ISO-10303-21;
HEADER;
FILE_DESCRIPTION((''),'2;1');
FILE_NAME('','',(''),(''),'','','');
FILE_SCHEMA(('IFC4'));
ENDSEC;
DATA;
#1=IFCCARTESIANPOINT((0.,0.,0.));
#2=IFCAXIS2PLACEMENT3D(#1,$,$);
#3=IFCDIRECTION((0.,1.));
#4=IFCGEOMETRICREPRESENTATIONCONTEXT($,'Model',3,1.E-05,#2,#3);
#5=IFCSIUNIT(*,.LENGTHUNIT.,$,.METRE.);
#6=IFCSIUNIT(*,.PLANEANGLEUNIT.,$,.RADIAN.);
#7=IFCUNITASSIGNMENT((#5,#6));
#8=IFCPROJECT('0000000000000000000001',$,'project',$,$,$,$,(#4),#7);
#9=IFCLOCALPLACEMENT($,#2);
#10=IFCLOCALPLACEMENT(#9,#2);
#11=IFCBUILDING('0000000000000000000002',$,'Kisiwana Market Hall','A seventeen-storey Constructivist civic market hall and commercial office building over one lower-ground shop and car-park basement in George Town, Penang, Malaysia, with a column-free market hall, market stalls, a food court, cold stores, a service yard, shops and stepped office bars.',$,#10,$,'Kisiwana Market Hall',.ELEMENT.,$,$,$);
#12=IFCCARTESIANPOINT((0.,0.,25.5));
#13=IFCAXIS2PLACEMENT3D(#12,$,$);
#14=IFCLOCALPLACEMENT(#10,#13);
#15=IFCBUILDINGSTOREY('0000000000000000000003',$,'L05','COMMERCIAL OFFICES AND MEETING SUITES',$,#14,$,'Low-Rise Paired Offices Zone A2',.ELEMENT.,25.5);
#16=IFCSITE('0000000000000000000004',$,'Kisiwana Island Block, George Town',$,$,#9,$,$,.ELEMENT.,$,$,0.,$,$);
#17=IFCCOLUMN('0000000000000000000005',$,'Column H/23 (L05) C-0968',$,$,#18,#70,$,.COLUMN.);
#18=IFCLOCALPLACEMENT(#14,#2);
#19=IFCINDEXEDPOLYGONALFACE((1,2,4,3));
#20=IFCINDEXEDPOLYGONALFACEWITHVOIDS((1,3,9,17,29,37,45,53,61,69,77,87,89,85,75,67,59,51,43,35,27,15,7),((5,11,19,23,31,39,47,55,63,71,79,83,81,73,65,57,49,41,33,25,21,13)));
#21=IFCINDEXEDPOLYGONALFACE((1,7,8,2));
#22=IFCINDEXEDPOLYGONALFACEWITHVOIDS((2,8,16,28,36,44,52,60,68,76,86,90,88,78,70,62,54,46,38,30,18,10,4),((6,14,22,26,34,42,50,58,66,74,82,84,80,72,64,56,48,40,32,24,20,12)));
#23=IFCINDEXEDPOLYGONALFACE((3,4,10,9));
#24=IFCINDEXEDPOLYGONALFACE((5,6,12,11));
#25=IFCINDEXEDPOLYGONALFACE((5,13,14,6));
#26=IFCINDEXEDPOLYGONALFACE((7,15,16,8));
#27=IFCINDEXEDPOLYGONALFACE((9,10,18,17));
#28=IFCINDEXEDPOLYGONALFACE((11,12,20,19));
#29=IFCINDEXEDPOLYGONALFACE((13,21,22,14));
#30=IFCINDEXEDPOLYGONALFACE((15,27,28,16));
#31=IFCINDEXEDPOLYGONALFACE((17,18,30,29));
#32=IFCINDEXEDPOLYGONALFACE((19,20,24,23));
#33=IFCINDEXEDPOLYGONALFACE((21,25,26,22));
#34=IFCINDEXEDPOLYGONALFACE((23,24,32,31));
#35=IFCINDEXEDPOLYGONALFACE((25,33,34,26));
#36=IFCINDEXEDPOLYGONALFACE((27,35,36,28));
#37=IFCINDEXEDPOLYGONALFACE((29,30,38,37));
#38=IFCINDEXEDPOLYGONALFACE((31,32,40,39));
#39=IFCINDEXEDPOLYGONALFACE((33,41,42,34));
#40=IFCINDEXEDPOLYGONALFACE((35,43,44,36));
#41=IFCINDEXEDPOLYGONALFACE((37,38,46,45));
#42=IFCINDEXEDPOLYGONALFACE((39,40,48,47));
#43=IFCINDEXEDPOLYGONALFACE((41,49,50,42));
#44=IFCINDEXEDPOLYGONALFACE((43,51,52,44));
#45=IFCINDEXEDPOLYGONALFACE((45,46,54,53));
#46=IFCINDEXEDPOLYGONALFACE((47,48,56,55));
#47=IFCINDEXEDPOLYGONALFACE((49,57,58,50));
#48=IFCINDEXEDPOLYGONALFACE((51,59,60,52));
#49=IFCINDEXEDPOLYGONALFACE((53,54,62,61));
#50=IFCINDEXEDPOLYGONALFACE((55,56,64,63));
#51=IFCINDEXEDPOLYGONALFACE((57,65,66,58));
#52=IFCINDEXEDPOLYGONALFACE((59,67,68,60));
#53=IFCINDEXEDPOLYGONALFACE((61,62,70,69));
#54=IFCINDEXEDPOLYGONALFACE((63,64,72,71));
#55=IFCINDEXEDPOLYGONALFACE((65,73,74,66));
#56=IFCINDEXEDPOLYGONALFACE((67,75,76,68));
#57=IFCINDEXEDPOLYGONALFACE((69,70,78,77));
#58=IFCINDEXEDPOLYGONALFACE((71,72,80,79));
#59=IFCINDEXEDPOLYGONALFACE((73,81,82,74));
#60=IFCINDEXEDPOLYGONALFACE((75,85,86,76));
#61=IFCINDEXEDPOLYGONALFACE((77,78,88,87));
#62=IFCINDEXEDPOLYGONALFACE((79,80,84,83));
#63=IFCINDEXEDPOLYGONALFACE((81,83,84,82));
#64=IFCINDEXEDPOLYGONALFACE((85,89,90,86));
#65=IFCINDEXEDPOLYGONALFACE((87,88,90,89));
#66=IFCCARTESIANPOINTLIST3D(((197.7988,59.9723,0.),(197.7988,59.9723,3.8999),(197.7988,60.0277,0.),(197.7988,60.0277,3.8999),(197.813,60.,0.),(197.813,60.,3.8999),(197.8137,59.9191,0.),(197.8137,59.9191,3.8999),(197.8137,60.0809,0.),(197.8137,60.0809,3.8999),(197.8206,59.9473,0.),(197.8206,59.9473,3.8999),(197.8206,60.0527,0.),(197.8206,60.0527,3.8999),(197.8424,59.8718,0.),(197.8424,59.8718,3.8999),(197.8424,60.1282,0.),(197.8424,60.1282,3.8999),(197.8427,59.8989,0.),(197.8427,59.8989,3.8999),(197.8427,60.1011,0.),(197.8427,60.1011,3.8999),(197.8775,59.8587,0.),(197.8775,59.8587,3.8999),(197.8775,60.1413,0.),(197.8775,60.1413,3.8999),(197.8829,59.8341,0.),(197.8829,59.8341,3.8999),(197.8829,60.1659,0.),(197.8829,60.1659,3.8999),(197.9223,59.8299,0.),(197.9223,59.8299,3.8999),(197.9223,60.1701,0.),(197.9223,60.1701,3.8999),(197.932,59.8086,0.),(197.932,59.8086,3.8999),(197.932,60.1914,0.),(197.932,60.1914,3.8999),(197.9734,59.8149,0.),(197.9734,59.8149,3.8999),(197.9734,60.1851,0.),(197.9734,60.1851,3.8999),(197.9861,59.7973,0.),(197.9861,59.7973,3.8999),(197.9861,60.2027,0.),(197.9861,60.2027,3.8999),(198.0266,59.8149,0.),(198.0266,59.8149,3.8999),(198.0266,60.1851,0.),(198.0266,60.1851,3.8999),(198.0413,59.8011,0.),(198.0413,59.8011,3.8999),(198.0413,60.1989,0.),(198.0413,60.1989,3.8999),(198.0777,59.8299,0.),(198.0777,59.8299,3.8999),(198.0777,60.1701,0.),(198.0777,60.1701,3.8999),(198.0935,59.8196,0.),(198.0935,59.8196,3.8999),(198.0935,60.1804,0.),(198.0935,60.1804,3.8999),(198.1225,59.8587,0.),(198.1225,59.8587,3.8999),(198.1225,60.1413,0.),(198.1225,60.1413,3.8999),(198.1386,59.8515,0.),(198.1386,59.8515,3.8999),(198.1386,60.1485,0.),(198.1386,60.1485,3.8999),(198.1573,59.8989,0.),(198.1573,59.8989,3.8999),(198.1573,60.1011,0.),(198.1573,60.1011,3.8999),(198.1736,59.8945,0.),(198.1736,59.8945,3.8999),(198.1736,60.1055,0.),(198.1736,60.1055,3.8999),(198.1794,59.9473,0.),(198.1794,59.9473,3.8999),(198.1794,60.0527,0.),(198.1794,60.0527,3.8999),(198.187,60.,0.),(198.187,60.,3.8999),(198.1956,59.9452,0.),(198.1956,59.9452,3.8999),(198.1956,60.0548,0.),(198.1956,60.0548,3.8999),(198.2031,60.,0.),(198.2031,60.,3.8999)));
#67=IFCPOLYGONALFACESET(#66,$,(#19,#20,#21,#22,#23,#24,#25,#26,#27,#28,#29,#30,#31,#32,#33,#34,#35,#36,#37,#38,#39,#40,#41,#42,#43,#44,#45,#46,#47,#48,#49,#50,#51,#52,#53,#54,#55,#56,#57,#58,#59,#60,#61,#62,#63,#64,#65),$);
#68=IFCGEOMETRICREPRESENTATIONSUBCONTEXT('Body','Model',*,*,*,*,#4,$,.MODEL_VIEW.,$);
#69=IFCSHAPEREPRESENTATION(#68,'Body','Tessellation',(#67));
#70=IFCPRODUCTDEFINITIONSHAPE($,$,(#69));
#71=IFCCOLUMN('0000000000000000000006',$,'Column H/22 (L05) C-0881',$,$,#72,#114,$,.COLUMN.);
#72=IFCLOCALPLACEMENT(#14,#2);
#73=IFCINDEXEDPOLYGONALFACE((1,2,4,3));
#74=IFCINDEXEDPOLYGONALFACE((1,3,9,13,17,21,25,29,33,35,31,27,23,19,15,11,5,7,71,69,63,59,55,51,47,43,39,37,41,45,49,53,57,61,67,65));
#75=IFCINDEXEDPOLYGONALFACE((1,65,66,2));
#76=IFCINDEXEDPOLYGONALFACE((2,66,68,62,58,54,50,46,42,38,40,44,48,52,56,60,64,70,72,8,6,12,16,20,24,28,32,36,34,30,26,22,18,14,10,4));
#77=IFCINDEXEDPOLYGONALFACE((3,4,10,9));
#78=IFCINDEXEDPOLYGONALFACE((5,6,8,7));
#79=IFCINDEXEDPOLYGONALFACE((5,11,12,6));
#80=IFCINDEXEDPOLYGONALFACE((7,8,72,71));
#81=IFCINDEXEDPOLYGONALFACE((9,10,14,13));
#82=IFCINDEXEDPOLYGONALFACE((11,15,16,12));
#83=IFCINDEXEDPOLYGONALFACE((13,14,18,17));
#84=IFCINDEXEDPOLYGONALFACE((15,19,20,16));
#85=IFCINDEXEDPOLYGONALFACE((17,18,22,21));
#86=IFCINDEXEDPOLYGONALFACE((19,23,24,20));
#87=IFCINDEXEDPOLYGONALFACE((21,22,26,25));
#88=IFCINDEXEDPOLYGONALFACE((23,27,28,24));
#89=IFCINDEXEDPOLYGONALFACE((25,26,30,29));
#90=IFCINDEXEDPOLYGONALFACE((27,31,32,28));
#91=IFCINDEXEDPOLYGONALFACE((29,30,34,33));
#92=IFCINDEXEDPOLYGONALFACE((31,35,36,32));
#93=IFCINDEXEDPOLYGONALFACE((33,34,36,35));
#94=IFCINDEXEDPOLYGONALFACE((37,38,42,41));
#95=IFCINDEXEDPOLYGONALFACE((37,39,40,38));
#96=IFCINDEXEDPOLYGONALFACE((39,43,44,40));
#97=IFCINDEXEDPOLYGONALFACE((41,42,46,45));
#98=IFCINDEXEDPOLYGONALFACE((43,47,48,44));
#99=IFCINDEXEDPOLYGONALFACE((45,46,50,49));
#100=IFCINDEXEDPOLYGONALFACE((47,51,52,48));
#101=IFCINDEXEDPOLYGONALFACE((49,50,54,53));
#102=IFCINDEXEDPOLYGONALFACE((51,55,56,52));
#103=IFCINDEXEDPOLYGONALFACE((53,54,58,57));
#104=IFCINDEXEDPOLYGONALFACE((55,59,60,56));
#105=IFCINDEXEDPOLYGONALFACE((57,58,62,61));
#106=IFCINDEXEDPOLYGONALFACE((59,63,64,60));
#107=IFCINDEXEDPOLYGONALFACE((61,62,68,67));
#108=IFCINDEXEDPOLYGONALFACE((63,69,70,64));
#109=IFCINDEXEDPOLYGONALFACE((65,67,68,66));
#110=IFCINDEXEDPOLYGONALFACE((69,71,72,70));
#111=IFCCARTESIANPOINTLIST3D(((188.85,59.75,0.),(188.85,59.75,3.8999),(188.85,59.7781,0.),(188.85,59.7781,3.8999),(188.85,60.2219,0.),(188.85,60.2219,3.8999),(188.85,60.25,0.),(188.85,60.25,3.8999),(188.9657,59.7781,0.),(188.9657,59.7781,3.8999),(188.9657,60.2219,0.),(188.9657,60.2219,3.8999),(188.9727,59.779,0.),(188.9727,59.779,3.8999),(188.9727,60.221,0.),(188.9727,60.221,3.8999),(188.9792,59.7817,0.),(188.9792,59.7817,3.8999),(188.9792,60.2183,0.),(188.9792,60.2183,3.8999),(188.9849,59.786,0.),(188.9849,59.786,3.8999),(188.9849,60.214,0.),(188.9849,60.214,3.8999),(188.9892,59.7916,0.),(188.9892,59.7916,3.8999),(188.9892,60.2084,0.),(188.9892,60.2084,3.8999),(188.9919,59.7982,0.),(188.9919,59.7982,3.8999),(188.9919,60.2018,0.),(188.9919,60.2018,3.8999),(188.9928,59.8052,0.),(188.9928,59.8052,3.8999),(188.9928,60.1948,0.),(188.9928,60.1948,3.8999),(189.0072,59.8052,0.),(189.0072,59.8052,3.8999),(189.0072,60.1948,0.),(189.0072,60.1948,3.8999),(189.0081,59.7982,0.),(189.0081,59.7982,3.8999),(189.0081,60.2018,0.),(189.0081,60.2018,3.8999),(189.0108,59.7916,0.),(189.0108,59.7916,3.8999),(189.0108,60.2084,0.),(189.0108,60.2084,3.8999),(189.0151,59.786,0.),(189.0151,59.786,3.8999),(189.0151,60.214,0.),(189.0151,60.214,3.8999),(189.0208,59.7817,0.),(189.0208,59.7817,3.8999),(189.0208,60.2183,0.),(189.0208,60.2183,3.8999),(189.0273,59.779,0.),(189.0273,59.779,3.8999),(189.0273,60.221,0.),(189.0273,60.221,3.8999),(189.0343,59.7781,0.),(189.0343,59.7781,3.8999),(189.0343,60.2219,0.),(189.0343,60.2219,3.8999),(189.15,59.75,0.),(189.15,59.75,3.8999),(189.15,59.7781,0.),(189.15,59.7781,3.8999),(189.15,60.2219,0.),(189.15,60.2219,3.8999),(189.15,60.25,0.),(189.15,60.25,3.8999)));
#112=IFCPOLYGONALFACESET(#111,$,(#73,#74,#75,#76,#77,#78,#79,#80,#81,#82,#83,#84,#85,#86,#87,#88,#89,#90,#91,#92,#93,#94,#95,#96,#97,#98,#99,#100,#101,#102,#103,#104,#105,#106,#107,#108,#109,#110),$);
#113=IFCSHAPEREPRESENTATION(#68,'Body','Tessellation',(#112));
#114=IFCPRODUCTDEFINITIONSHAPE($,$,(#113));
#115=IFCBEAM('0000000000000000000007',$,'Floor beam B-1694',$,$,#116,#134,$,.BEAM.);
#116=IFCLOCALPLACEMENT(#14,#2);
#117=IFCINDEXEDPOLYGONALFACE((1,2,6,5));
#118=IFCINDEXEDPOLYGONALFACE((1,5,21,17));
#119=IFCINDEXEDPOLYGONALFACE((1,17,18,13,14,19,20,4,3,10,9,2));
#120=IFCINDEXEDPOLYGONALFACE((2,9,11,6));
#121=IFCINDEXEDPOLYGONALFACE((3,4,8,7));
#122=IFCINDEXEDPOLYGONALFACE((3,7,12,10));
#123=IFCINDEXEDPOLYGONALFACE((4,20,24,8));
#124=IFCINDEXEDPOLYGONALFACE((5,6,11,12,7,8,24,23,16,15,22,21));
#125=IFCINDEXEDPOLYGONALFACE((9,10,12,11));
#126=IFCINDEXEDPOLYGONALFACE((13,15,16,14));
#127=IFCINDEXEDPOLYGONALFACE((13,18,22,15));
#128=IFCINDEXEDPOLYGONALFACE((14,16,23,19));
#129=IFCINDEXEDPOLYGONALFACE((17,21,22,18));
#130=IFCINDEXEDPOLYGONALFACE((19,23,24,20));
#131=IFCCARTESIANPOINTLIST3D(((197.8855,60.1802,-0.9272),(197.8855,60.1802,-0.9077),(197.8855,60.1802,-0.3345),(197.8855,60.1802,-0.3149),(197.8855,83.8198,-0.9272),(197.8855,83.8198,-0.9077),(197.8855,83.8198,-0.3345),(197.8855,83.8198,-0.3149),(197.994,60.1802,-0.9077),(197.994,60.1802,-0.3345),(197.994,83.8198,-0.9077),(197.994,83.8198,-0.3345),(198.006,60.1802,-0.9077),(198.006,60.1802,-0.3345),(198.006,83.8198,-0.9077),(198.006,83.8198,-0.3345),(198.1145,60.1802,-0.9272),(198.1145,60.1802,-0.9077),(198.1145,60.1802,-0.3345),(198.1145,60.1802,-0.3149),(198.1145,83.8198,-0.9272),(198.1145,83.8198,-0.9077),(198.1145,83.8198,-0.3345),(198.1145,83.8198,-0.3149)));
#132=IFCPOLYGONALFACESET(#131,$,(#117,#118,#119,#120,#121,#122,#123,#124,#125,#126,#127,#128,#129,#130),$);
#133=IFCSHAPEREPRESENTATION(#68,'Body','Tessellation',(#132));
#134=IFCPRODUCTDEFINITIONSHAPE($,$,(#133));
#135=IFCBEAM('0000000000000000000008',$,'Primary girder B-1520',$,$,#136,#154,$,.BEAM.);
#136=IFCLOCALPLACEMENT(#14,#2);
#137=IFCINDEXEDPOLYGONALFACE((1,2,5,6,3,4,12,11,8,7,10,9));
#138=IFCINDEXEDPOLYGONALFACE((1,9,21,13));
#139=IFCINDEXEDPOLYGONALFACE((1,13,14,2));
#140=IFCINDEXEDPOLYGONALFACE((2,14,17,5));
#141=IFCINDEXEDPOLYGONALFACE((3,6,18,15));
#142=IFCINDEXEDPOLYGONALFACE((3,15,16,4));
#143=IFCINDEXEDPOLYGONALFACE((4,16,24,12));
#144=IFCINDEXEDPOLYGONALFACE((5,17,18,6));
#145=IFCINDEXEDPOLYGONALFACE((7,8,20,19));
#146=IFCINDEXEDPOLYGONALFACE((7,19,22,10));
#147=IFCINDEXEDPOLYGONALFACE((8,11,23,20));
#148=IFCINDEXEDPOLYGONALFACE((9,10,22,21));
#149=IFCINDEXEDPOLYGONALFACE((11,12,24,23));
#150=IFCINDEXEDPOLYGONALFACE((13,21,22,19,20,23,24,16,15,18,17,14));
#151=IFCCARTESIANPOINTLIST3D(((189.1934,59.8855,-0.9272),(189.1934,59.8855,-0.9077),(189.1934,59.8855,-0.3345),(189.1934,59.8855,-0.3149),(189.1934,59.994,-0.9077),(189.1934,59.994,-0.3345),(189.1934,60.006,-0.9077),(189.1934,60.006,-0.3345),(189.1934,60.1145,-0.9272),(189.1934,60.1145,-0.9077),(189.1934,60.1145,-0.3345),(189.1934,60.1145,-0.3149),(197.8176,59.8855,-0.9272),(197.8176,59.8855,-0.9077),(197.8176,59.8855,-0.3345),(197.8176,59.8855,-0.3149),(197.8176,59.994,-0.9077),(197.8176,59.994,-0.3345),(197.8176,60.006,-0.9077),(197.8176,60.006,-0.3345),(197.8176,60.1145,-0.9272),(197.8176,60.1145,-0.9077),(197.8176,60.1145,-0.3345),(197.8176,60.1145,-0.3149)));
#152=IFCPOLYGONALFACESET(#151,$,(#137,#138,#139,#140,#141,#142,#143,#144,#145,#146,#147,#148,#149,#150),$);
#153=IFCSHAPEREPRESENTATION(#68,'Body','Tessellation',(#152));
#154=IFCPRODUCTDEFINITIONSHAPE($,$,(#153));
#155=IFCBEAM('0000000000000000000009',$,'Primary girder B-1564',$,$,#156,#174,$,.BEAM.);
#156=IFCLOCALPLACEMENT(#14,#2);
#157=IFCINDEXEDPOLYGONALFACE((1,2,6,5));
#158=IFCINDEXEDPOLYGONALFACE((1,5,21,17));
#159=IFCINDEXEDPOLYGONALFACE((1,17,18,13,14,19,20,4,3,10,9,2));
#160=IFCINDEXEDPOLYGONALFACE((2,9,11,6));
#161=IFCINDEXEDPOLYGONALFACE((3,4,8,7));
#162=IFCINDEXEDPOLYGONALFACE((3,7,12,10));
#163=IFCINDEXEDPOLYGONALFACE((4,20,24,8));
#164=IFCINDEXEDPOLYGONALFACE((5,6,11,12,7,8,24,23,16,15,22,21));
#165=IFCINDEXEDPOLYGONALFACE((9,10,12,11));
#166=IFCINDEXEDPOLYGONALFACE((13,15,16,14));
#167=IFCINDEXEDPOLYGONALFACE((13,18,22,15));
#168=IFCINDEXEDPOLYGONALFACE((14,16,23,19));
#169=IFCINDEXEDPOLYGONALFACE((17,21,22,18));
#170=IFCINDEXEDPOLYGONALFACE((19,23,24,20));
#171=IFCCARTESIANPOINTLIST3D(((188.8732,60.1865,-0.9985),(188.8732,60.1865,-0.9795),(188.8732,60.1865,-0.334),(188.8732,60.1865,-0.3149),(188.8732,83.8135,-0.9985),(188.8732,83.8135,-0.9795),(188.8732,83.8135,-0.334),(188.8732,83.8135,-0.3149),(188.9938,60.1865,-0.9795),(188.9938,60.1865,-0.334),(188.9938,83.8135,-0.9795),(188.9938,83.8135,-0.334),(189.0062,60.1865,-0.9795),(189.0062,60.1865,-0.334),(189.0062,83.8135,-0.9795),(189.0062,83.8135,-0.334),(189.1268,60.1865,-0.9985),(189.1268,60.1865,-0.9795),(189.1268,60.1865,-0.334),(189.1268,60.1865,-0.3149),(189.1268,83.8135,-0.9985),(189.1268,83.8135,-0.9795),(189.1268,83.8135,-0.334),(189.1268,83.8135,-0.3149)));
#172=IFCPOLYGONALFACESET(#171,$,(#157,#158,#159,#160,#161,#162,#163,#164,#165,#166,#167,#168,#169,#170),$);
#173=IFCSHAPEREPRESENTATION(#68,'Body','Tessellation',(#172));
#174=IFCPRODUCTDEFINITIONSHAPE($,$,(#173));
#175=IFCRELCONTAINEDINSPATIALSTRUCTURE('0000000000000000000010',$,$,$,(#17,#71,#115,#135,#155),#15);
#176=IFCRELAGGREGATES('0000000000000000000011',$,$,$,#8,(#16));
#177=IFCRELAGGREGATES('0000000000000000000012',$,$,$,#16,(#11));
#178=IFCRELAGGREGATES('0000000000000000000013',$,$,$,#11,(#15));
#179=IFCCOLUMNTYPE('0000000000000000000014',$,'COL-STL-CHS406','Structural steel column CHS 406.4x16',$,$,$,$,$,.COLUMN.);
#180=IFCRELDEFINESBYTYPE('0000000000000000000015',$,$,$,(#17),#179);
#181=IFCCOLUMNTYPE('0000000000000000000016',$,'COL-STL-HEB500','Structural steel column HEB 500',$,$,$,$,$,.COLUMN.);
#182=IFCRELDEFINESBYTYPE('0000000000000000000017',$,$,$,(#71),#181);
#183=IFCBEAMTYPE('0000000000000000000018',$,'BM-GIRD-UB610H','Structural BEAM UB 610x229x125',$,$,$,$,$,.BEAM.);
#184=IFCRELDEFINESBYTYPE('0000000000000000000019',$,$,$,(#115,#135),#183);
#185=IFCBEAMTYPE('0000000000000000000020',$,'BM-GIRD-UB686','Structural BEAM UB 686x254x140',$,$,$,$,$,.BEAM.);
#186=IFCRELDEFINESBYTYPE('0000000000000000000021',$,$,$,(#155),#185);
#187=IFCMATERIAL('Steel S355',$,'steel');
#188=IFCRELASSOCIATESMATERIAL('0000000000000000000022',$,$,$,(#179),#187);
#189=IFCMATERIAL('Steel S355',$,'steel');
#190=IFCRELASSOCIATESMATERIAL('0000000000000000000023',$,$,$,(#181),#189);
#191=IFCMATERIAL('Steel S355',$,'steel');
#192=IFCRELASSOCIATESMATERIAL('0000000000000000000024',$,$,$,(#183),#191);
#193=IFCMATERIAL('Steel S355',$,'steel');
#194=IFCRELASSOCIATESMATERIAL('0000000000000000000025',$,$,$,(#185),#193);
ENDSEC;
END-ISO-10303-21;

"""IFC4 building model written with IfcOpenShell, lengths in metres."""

from ifc_helpers import new_model, si_unit, direction, frame, origin, origin_2d, place, context, subcontext, project, spatial, hollow_circle, i_section, extrude, material, material_profile, profile_set, type_object, element, save


model = new_model("IFC4")

# Units and contexts
model_context = context("Model", 3, precision=1e-05, world=origin(), true_north=direction((0.0, 1.0)))
body_context = subcontext(model_context, "Body", "Model", "MODEL_VIEW")
ifc_project = project(units=[si_unit("LENGTHUNIT", "METRE"), si_unit("PLANEANGLEUNIT", "RADIAN")], contexts=[model_context])

# Site, building, storey
site_placement = place(None, origin())
site = spatial("IfcSite", under=ifc_project, at=site_placement, Name="Kisiwana Island Block, George Town", CompositionType="ELEMENT", RefElevation=0.0)
building_placement = place(site_placement, origin())
building = spatial("IfcBuilding", under=site, at=building_placement, Name="Kisiwana Market Hall", Description="A seventeen-storey Constructivist civic market hall and commercial office building over one lower-ground shop and car-park basement in George Town, Penang, Malaysia, with a column-free market hall, market stalls, a food court, cold stores, a service yard, shops and stepped office bars.", LongName="Kisiwana Market Hall", CompositionType="ELEMENT")
storey_placement = place(building_placement, frame((0.0, 0.0, 25.5)))
storey = spatial("IfcBuildingStorey", under=building, at=storey_placement, Name="L05", Description="COMMERCIAL OFFICES AND MEETING SUITES", LongName="Low-Rise Paired Offices Zone A2", CompositionType="ELEMENT", Elevation=25.5)

# Columns
ifc_material_1 = material(Name="Steel S355", Category="steel")
ifc_material_profile_1 = material_profile(ifc_material_1, hollow_circle(Radius=0.2031, WallThickness=0.0161, at=origin_2d()), Name="CHS 406.4x16")
ifc_profile_set_1 = profile_set([ifc_material_profile_1], Name="Steel S355")
column_type_1 = type_object("IfcColumnType", Name="COL-STL-CHS406", Description="Structural steel column CHS 406.4x16", PredefinedType="COLUMN", material=ifc_profile_set_1)
column_1_placement = place(storey_placement, frame((198.0, 60.0, 0.0), z_axis=(0.0, 0.0, 1.0), x_axis=(1.0, 0.0, 0.0)))
element("IfcColumn", 1, at=column_1_placement, inside=storey, type_object=column_type_1, Name="Column H/23 (L05) C-0968", PredefinedType="COLUMN", context=body_context, shape_type="SweptSolid", body=[
    extrude(hollow_circle(Radius=0.2031, WallThickness=0.0161, at=origin_2d()), origin(), (0.0, 0.0, 1.0), 3.8999),
])
ifc_material_2 = material(Name="Steel S355", Category="steel")
ifc_material_profile_2 = material_profile(ifc_material_2, i_section(OverallWidth=0.3, OverallDepth=0.5, WebThickness=0.0144, FlangeThickness=0.0281, FilletRadius=0.0271, at=origin_2d()), Name="HEB 500")
ifc_profile_set_2 = profile_set([ifc_material_profile_2], Name="Steel S355")
column_type_2 = type_object("IfcColumnType", Name="COL-STL-HEB500", Description="Structural steel column HEB 500", PredefinedType="COLUMN", material=ifc_profile_set_2)
column_2_placement = place(storey_placement, frame((189.0, 60.0, 0.0), z_axis=(0.0, 0.0, 1.0), x_axis=(1.0, 0.0, 0.0)))
element("IfcColumn", 2, at=column_2_placement, inside=storey, type_object=column_type_2, Name="Column H/22 (L05) C-0881", PredefinedType="COLUMN", context=body_context, shape_type="SweptSolid", body=[
    extrude(i_section(OverallWidth=0.3, OverallDepth=0.5, WebThickness=0.0144, FlangeThickness=0.0281, FilletRadius=0.0271, at=origin_2d()), origin(), (0.0, 0.0, 1.0), 3.8999),
])

# Beams
ifc_material_3 = material(Name="Steel S355", Category="steel")
ifc_material_profile_3 = material_profile(ifc_material_3, i_section(OverallWidth=0.229, OverallDepth=0.6123, WebThickness=0.012, FlangeThickness=0.0195, at=origin_2d()), Name="UB 610x229x125")
ifc_profile_set_3 = profile_set([ifc_material_profile_3], Name="Steel S355")
beam_type_1 = type_object("IfcBeamType", Name="BM-GIRD-UB610H", Description="Structural BEAM UB 610x229x125", PredefinedType="BEAM", material=ifc_profile_set_3)
beam_1_placement = place(storey_placement, frame((198.0, 60.1802, -0.6211), z_axis=(0.0, 1.0, 0.0), x_axis=(-1.0, 0.0, 0.0)))
element("IfcBeam", 3, at=beam_1_placement, inside=storey, type_object=beam_type_1, Name="Floor beam B-1694", PredefinedType="BEAM", context=body_context, shape_type="SweptSolid", body=[
    extrude(i_section(OverallWidth=0.229, OverallDepth=0.6123, WebThickness=0.012, FlangeThickness=0.0195, at=origin_2d()), origin(), (0.0, 0.0, 1.0), 23.6396),
])
beam_2_placement = place(storey_placement, frame((189.1934, 60.0, -0.6211), z_axis=(1.0, 0.0, 0.0), x_axis=(0.0, 1.0, 0.0)))
element("IfcBeam", 4, at=beam_2_placement, inside=storey, type_object=beam_type_1, Name="Primary girder B-1520", PredefinedType="BEAM", context=body_context, shape_type="SweptSolid", body=[
    extrude(i_section(OverallWidth=0.229, OverallDepth=0.6123, WebThickness=0.012, FlangeThickness=0.0195, at=origin_2d()), origin(), (0.0, 0.0, 1.0), 8.6243),
])
ifc_material_4 = material(Name="Steel S355", Category="steel")
ifc_material_profile_4 = material_profile(ifc_material_4, i_section(OverallWidth=0.2537, OverallDepth=0.6836, WebThickness=0.0125, FlangeThickness=0.019, at=origin_2d()), Name="UB 686x254x140")
ifc_profile_set_4 = profile_set([ifc_material_profile_4], Name="Steel S355")
beam_type_2 = type_object("IfcBeamType", Name="BM-GIRD-UB686", Description="Structural BEAM UB 686x254x140", PredefinedType="BEAM", material=ifc_profile_set_4)
beam_3_placement = place(storey_placement, frame((189.0, 60.1865, -0.6567), z_axis=(0.0, 1.0, 0.0), x_axis=(-1.0, 0.0, 0.0)))
element("IfcBeam", 5, at=beam_3_placement, inside=storey, type_object=beam_type_2, Name="Primary girder B-1564", PredefinedType="BEAM", context=body_context, shape_type="SweptSolid", body=[
    extrude(i_section(OverallWidth=0.2537, OverallDepth=0.6836, WebThickness=0.0125, FlangeThickness=0.019, at=origin_2d()), origin(), (0.0, 0.0, 1.0), 23.627),
])

save(model, "model.ifc")
